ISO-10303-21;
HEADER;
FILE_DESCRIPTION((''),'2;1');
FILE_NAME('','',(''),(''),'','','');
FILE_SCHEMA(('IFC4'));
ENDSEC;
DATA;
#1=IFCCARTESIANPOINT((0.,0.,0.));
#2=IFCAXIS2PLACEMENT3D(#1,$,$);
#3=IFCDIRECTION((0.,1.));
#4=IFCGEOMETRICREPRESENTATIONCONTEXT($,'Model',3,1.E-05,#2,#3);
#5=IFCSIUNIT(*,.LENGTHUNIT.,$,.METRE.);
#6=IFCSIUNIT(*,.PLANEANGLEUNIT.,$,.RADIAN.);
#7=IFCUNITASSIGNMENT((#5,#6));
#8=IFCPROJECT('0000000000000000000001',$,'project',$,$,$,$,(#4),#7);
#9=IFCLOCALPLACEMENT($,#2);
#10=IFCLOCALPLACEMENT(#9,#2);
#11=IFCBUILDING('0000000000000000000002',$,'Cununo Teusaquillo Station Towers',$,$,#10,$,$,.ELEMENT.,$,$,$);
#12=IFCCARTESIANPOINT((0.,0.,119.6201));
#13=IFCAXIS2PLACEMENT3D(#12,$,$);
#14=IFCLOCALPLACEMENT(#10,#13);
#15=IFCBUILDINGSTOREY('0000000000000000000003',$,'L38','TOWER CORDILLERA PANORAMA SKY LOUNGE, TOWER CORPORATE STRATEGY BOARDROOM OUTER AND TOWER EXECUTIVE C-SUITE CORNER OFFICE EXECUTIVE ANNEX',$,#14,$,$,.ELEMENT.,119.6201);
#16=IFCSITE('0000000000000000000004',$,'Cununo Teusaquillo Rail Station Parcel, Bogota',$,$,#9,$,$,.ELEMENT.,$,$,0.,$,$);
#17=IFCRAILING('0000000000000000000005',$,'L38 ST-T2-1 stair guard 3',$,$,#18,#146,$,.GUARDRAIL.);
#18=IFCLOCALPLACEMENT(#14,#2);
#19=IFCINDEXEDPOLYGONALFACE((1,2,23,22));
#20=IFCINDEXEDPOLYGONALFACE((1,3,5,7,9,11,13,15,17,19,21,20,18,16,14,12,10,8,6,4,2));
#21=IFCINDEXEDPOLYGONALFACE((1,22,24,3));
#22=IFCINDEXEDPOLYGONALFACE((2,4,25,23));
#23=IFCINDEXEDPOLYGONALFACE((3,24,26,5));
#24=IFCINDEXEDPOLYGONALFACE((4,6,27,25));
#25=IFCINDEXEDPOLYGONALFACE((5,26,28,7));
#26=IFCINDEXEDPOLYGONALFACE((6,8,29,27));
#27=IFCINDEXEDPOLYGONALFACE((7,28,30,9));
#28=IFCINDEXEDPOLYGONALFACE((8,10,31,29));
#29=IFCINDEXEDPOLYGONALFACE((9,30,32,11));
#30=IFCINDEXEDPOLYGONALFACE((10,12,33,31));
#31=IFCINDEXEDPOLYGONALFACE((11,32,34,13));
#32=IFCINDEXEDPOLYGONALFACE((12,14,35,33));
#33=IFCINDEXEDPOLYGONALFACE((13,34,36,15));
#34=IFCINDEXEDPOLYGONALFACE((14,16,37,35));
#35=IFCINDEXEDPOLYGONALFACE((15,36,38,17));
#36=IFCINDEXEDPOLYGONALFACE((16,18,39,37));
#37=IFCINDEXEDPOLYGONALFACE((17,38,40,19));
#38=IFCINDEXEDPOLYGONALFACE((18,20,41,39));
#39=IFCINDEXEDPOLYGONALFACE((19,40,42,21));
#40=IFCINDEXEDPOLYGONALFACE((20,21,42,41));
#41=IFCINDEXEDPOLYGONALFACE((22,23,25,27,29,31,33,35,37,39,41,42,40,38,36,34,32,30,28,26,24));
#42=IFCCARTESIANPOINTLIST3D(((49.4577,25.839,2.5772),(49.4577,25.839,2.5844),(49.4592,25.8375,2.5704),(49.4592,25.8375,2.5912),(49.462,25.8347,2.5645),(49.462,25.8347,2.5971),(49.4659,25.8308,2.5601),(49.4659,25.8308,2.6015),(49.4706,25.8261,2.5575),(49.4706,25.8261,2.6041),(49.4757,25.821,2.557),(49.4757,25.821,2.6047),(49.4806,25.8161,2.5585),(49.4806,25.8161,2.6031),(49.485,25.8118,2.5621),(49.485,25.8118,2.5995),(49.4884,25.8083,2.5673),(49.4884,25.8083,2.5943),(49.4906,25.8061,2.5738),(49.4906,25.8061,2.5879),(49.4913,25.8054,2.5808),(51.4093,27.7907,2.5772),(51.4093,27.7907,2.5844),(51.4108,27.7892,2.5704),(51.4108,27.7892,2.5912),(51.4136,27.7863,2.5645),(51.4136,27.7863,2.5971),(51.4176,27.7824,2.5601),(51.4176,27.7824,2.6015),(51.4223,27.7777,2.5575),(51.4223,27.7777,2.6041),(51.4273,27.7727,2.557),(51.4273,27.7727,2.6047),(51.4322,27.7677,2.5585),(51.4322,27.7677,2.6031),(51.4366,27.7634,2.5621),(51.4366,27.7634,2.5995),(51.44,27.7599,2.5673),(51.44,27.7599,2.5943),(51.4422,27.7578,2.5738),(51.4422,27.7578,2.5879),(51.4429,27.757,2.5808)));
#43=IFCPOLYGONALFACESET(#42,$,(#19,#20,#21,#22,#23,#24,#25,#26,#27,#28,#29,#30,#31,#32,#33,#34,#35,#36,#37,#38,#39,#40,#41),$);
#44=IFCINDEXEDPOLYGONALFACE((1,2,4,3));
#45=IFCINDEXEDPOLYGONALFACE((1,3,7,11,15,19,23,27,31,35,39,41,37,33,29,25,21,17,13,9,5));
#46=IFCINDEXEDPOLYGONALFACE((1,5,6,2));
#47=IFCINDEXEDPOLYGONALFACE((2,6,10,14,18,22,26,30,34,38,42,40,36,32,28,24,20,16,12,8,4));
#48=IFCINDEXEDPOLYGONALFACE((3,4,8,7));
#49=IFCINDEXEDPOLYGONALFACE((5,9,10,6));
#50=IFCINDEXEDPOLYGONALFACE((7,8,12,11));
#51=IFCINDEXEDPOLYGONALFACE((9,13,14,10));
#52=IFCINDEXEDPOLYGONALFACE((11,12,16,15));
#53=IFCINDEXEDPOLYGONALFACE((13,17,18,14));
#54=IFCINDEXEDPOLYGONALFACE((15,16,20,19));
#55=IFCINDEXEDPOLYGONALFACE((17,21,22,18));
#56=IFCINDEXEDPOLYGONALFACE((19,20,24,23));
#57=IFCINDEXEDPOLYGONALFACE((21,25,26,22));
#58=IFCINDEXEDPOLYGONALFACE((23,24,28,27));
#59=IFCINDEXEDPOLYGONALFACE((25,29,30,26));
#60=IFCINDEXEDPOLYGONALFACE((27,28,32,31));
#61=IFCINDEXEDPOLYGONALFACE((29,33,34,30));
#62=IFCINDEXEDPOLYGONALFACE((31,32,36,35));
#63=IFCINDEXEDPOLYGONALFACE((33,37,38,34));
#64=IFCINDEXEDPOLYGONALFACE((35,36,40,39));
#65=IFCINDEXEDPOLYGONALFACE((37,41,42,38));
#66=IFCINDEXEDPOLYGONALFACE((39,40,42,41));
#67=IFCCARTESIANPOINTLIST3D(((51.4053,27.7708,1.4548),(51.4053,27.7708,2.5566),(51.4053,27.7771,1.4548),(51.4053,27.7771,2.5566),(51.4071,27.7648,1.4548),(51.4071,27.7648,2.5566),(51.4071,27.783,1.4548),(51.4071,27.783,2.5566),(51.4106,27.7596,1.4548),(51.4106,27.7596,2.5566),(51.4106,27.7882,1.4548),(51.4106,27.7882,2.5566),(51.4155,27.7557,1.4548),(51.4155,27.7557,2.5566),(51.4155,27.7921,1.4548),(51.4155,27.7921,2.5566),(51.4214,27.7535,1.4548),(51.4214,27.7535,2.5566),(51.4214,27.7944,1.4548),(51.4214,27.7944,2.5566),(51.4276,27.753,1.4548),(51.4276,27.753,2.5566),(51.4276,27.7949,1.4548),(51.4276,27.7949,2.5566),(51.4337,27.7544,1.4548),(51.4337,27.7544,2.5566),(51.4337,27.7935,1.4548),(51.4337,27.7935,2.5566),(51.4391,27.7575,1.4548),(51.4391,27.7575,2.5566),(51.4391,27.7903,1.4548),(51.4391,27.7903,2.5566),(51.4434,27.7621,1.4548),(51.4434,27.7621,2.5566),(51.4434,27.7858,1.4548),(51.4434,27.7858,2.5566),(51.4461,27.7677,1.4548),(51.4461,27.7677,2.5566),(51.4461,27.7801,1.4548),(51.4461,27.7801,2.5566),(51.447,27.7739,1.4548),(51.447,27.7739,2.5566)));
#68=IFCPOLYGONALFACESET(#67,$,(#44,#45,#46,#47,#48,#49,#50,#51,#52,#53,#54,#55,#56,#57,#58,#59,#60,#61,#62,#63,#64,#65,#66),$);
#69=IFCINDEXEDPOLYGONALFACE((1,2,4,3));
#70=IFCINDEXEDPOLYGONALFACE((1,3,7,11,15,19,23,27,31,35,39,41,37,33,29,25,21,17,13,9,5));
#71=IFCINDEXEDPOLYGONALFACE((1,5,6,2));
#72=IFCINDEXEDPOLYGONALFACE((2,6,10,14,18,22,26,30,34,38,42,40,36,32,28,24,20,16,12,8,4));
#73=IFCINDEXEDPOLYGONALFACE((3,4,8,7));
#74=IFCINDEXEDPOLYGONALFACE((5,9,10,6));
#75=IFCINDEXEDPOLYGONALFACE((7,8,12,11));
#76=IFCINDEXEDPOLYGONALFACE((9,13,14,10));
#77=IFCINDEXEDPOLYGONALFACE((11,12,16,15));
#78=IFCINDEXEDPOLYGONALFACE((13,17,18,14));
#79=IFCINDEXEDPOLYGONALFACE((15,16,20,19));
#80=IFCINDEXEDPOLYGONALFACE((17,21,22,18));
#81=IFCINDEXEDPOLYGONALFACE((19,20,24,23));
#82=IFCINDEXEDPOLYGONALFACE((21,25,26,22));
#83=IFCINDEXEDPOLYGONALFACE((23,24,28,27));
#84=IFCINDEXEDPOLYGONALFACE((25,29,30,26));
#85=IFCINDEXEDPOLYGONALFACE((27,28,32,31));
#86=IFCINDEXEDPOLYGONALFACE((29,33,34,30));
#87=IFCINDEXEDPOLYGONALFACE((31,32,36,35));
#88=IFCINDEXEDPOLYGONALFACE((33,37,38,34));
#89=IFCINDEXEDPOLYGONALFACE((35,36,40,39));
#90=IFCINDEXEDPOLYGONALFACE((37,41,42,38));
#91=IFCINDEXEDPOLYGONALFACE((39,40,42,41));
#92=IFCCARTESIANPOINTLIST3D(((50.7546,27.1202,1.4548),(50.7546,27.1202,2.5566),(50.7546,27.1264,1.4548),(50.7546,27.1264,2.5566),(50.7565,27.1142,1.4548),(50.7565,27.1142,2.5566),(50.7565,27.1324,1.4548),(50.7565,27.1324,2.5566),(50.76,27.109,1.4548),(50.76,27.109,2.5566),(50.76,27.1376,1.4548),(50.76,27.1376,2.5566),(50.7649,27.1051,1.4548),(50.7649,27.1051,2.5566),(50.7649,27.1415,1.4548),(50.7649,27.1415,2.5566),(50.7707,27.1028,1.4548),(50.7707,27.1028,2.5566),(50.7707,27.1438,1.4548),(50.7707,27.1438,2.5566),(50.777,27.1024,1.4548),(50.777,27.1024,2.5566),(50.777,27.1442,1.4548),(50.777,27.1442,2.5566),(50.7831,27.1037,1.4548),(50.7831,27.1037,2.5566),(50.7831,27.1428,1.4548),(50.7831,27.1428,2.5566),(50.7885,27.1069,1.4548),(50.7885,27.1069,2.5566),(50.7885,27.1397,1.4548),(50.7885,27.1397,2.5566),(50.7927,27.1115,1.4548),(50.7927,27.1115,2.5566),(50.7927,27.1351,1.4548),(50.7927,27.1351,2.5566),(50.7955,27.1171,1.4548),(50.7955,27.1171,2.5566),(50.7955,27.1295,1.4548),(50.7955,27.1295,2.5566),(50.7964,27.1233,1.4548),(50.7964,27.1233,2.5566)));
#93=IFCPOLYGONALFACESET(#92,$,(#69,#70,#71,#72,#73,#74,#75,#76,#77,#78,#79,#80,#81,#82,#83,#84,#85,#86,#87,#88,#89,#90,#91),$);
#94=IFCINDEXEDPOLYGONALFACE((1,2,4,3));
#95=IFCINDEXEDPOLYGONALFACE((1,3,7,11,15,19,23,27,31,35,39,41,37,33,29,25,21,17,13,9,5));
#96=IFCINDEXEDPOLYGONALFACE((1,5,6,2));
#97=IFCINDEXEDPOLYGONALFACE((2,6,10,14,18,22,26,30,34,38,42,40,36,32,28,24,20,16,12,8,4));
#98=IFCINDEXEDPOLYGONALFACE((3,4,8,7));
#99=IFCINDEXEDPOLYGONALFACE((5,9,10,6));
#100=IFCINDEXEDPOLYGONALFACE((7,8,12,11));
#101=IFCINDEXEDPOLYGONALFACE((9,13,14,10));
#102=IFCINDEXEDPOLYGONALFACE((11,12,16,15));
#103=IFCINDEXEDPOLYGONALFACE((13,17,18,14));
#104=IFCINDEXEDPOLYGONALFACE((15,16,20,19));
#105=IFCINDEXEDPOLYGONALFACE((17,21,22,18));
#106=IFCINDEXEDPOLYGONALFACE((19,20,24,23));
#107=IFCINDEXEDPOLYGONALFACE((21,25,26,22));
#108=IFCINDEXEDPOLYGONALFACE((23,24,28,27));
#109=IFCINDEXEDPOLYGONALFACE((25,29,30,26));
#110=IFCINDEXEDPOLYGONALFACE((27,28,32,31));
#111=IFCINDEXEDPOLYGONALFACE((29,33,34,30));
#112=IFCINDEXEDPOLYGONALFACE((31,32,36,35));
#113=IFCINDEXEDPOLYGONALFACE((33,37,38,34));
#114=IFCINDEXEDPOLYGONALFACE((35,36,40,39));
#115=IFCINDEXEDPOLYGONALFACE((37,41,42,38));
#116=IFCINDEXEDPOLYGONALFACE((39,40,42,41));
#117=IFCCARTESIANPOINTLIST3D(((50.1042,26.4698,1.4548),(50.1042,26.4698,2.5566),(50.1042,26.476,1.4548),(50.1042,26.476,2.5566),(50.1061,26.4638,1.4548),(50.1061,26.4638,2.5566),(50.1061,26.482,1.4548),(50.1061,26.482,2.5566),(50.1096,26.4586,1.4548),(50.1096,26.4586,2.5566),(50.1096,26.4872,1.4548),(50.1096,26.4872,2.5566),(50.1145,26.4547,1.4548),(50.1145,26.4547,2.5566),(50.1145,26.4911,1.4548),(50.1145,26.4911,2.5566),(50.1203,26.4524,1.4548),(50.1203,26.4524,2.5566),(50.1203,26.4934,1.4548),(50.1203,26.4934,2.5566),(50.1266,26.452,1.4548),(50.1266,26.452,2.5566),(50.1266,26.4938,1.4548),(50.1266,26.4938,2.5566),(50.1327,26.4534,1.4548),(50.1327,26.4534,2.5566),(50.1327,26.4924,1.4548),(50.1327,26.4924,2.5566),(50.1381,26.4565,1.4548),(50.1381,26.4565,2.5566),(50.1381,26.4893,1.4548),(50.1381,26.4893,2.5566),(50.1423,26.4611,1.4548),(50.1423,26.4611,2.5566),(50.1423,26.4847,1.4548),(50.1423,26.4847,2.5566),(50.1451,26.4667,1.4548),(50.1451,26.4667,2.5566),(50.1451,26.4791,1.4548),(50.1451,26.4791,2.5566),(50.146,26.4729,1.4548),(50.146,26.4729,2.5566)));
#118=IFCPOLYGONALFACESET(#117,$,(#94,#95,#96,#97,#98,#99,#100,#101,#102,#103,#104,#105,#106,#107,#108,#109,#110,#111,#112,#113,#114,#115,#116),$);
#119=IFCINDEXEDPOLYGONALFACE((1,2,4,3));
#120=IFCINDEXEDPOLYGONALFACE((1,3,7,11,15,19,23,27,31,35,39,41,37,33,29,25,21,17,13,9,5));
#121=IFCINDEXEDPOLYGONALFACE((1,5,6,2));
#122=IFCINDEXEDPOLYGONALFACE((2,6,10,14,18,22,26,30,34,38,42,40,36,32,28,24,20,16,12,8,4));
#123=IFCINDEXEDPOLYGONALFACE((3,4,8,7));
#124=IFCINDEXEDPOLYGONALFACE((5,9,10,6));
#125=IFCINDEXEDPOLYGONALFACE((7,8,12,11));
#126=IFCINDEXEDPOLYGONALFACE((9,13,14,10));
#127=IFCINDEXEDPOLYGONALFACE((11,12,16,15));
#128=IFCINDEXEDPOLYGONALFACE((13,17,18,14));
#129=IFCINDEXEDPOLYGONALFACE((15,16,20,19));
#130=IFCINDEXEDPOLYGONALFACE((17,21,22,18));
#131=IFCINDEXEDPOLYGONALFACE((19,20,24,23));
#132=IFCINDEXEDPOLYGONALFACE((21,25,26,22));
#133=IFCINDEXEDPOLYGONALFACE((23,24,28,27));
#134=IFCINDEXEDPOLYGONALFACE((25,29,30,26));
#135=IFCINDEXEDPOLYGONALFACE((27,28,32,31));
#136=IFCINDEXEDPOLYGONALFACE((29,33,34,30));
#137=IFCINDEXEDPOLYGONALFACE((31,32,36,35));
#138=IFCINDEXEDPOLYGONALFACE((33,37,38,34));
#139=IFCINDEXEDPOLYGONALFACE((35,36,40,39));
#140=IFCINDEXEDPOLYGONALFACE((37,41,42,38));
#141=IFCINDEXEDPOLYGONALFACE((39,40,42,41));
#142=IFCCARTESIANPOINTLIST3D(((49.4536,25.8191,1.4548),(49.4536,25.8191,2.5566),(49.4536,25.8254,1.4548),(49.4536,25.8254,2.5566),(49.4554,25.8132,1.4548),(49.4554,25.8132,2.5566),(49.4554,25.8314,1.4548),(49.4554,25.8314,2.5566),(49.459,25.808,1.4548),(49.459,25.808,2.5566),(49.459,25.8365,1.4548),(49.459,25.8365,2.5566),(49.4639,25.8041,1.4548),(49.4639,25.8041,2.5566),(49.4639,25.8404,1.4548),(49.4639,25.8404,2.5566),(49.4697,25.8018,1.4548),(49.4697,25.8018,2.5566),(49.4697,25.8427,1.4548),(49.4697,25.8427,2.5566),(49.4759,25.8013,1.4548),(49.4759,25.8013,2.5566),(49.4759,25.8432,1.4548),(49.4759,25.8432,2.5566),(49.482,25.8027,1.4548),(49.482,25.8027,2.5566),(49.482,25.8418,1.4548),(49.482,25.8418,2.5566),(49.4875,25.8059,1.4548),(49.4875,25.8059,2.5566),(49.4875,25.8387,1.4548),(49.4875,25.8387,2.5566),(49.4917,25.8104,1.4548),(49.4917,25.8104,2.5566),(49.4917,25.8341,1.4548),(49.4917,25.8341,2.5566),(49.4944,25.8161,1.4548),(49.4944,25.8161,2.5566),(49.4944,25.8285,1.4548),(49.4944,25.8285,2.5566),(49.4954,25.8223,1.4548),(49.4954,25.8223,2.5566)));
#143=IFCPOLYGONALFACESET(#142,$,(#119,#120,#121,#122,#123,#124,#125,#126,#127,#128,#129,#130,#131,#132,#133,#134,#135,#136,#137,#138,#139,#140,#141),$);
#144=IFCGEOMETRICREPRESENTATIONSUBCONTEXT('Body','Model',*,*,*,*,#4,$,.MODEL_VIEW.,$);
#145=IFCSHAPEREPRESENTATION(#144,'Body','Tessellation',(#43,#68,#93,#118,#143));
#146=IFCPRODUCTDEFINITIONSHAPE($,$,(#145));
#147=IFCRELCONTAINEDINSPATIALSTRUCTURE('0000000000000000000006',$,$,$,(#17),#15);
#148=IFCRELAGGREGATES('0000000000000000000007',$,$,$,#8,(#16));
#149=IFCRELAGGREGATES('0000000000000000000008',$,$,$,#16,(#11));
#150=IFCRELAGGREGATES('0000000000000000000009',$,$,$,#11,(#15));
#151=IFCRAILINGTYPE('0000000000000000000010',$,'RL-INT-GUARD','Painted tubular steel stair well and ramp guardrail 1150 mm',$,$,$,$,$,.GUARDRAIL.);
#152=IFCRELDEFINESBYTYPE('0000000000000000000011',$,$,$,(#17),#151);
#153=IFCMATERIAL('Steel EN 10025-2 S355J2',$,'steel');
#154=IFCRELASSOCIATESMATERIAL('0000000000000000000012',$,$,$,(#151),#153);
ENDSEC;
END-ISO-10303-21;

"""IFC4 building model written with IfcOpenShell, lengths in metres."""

from ifc_helpers import new_model, si_unit, direction, frame, origin, origin_2d, place, context, subcontext, project, spatial, circle, extrude, material, type_object, element, save


model = new_model("IFC4")

# Units and contexts
model_context = context("Model", 3, precision=1e-05, world=origin(), true_north=direction((0.0, 1.0)))
body_context = subcontext(model_context, "Body", "Model", "MODEL_VIEW")
ifc_project = project(units=[si_unit("LENGTHUNIT", "METRE"), si_unit("PLANEANGLEUNIT", "RADIAN")], contexts=[model_context])

# Site, building, storey
site_placement = place(None, origin())
site = spatial("IfcSite", under=ifc_project, at=site_placement, Name="Cununo Teusaquillo Rail Station Parcel, Bogota", CompositionType="ELEMENT", RefElevation=0.0)
building_placement = place(site_placement, origin())
building = spatial("IfcBuilding", under=site, at=building_placement, Name="Cununo Teusaquillo Station Towers", CompositionType="ELEMENT")
storey_placement = place(building_placement, frame((0.0, 0.0, 119.6201)))
storey = spatial("IfcBuildingStorey", under=building, at=storey_placement, Name="L38", Description="TOWER CORDILLERA PANORAMA SKY LOUNGE, TOWER CORPORATE STRATEGY BOARDROOM OUTER AND TOWER EXECUTIVE C-SUITE CORNER OFFICE EXECUTIVE ANNEX", CompositionType="ELEMENT", Elevation=119.6201)

# Railing
ifc_material_1 = material(Name="Steel EN 10025-2 S355J2", Category="steel")
railing_type = type_object("IfcRailingType", Name="RL-INT-GUARD", Description="Painted tubular steel stair well and ramp guardrail 1150 mm", PredefinedType="GUARDRAIL", material=ifc_material_1)
railing_1_placement = place(storey_placement, frame((51.426, 27.7739, 1.4548)))
element("IfcRailing", 1, at=railing_1_placement, inside=storey, type_object=railing_type, Name="L38 ST-T2-1 stair guard 3", PredefinedType="GUARDRAIL", context=body_context, shape_type="SweptSolid", body=[
    extrude(circle(Radius=0.0239, at=origin_2d()), frame((0.0, 0.0, 1.126), z_axis=(-0.707107, -0.707107, 0.0), x_axis=(0.707107, -0.707107, 0.0)), (0.0, 0.0, 1.0), 2.76),
    extrude(circle(Radius=0.021, at=origin_2d()), origin(), (0.0, 0.0, 1.0), 1.1018),
    extrude(circle(Radius=0.021, at=origin_2d()), frame((-0.6506, -0.6506, 0.0)), (0.0, 0.0, 1.0), 1.1018),
    extrude(circle(Radius=0.021, at=origin_2d()), frame((-1.301, -1.301, 0.0)), (0.0, 0.0, 1.0), 1.1018),
    extrude(circle(Radius=0.021, at=origin_2d()), frame((-1.9517, -1.9517, 0.0)), (0.0, 0.0, 1.0), 1.1018),
])

save(model, "model.ifc")
